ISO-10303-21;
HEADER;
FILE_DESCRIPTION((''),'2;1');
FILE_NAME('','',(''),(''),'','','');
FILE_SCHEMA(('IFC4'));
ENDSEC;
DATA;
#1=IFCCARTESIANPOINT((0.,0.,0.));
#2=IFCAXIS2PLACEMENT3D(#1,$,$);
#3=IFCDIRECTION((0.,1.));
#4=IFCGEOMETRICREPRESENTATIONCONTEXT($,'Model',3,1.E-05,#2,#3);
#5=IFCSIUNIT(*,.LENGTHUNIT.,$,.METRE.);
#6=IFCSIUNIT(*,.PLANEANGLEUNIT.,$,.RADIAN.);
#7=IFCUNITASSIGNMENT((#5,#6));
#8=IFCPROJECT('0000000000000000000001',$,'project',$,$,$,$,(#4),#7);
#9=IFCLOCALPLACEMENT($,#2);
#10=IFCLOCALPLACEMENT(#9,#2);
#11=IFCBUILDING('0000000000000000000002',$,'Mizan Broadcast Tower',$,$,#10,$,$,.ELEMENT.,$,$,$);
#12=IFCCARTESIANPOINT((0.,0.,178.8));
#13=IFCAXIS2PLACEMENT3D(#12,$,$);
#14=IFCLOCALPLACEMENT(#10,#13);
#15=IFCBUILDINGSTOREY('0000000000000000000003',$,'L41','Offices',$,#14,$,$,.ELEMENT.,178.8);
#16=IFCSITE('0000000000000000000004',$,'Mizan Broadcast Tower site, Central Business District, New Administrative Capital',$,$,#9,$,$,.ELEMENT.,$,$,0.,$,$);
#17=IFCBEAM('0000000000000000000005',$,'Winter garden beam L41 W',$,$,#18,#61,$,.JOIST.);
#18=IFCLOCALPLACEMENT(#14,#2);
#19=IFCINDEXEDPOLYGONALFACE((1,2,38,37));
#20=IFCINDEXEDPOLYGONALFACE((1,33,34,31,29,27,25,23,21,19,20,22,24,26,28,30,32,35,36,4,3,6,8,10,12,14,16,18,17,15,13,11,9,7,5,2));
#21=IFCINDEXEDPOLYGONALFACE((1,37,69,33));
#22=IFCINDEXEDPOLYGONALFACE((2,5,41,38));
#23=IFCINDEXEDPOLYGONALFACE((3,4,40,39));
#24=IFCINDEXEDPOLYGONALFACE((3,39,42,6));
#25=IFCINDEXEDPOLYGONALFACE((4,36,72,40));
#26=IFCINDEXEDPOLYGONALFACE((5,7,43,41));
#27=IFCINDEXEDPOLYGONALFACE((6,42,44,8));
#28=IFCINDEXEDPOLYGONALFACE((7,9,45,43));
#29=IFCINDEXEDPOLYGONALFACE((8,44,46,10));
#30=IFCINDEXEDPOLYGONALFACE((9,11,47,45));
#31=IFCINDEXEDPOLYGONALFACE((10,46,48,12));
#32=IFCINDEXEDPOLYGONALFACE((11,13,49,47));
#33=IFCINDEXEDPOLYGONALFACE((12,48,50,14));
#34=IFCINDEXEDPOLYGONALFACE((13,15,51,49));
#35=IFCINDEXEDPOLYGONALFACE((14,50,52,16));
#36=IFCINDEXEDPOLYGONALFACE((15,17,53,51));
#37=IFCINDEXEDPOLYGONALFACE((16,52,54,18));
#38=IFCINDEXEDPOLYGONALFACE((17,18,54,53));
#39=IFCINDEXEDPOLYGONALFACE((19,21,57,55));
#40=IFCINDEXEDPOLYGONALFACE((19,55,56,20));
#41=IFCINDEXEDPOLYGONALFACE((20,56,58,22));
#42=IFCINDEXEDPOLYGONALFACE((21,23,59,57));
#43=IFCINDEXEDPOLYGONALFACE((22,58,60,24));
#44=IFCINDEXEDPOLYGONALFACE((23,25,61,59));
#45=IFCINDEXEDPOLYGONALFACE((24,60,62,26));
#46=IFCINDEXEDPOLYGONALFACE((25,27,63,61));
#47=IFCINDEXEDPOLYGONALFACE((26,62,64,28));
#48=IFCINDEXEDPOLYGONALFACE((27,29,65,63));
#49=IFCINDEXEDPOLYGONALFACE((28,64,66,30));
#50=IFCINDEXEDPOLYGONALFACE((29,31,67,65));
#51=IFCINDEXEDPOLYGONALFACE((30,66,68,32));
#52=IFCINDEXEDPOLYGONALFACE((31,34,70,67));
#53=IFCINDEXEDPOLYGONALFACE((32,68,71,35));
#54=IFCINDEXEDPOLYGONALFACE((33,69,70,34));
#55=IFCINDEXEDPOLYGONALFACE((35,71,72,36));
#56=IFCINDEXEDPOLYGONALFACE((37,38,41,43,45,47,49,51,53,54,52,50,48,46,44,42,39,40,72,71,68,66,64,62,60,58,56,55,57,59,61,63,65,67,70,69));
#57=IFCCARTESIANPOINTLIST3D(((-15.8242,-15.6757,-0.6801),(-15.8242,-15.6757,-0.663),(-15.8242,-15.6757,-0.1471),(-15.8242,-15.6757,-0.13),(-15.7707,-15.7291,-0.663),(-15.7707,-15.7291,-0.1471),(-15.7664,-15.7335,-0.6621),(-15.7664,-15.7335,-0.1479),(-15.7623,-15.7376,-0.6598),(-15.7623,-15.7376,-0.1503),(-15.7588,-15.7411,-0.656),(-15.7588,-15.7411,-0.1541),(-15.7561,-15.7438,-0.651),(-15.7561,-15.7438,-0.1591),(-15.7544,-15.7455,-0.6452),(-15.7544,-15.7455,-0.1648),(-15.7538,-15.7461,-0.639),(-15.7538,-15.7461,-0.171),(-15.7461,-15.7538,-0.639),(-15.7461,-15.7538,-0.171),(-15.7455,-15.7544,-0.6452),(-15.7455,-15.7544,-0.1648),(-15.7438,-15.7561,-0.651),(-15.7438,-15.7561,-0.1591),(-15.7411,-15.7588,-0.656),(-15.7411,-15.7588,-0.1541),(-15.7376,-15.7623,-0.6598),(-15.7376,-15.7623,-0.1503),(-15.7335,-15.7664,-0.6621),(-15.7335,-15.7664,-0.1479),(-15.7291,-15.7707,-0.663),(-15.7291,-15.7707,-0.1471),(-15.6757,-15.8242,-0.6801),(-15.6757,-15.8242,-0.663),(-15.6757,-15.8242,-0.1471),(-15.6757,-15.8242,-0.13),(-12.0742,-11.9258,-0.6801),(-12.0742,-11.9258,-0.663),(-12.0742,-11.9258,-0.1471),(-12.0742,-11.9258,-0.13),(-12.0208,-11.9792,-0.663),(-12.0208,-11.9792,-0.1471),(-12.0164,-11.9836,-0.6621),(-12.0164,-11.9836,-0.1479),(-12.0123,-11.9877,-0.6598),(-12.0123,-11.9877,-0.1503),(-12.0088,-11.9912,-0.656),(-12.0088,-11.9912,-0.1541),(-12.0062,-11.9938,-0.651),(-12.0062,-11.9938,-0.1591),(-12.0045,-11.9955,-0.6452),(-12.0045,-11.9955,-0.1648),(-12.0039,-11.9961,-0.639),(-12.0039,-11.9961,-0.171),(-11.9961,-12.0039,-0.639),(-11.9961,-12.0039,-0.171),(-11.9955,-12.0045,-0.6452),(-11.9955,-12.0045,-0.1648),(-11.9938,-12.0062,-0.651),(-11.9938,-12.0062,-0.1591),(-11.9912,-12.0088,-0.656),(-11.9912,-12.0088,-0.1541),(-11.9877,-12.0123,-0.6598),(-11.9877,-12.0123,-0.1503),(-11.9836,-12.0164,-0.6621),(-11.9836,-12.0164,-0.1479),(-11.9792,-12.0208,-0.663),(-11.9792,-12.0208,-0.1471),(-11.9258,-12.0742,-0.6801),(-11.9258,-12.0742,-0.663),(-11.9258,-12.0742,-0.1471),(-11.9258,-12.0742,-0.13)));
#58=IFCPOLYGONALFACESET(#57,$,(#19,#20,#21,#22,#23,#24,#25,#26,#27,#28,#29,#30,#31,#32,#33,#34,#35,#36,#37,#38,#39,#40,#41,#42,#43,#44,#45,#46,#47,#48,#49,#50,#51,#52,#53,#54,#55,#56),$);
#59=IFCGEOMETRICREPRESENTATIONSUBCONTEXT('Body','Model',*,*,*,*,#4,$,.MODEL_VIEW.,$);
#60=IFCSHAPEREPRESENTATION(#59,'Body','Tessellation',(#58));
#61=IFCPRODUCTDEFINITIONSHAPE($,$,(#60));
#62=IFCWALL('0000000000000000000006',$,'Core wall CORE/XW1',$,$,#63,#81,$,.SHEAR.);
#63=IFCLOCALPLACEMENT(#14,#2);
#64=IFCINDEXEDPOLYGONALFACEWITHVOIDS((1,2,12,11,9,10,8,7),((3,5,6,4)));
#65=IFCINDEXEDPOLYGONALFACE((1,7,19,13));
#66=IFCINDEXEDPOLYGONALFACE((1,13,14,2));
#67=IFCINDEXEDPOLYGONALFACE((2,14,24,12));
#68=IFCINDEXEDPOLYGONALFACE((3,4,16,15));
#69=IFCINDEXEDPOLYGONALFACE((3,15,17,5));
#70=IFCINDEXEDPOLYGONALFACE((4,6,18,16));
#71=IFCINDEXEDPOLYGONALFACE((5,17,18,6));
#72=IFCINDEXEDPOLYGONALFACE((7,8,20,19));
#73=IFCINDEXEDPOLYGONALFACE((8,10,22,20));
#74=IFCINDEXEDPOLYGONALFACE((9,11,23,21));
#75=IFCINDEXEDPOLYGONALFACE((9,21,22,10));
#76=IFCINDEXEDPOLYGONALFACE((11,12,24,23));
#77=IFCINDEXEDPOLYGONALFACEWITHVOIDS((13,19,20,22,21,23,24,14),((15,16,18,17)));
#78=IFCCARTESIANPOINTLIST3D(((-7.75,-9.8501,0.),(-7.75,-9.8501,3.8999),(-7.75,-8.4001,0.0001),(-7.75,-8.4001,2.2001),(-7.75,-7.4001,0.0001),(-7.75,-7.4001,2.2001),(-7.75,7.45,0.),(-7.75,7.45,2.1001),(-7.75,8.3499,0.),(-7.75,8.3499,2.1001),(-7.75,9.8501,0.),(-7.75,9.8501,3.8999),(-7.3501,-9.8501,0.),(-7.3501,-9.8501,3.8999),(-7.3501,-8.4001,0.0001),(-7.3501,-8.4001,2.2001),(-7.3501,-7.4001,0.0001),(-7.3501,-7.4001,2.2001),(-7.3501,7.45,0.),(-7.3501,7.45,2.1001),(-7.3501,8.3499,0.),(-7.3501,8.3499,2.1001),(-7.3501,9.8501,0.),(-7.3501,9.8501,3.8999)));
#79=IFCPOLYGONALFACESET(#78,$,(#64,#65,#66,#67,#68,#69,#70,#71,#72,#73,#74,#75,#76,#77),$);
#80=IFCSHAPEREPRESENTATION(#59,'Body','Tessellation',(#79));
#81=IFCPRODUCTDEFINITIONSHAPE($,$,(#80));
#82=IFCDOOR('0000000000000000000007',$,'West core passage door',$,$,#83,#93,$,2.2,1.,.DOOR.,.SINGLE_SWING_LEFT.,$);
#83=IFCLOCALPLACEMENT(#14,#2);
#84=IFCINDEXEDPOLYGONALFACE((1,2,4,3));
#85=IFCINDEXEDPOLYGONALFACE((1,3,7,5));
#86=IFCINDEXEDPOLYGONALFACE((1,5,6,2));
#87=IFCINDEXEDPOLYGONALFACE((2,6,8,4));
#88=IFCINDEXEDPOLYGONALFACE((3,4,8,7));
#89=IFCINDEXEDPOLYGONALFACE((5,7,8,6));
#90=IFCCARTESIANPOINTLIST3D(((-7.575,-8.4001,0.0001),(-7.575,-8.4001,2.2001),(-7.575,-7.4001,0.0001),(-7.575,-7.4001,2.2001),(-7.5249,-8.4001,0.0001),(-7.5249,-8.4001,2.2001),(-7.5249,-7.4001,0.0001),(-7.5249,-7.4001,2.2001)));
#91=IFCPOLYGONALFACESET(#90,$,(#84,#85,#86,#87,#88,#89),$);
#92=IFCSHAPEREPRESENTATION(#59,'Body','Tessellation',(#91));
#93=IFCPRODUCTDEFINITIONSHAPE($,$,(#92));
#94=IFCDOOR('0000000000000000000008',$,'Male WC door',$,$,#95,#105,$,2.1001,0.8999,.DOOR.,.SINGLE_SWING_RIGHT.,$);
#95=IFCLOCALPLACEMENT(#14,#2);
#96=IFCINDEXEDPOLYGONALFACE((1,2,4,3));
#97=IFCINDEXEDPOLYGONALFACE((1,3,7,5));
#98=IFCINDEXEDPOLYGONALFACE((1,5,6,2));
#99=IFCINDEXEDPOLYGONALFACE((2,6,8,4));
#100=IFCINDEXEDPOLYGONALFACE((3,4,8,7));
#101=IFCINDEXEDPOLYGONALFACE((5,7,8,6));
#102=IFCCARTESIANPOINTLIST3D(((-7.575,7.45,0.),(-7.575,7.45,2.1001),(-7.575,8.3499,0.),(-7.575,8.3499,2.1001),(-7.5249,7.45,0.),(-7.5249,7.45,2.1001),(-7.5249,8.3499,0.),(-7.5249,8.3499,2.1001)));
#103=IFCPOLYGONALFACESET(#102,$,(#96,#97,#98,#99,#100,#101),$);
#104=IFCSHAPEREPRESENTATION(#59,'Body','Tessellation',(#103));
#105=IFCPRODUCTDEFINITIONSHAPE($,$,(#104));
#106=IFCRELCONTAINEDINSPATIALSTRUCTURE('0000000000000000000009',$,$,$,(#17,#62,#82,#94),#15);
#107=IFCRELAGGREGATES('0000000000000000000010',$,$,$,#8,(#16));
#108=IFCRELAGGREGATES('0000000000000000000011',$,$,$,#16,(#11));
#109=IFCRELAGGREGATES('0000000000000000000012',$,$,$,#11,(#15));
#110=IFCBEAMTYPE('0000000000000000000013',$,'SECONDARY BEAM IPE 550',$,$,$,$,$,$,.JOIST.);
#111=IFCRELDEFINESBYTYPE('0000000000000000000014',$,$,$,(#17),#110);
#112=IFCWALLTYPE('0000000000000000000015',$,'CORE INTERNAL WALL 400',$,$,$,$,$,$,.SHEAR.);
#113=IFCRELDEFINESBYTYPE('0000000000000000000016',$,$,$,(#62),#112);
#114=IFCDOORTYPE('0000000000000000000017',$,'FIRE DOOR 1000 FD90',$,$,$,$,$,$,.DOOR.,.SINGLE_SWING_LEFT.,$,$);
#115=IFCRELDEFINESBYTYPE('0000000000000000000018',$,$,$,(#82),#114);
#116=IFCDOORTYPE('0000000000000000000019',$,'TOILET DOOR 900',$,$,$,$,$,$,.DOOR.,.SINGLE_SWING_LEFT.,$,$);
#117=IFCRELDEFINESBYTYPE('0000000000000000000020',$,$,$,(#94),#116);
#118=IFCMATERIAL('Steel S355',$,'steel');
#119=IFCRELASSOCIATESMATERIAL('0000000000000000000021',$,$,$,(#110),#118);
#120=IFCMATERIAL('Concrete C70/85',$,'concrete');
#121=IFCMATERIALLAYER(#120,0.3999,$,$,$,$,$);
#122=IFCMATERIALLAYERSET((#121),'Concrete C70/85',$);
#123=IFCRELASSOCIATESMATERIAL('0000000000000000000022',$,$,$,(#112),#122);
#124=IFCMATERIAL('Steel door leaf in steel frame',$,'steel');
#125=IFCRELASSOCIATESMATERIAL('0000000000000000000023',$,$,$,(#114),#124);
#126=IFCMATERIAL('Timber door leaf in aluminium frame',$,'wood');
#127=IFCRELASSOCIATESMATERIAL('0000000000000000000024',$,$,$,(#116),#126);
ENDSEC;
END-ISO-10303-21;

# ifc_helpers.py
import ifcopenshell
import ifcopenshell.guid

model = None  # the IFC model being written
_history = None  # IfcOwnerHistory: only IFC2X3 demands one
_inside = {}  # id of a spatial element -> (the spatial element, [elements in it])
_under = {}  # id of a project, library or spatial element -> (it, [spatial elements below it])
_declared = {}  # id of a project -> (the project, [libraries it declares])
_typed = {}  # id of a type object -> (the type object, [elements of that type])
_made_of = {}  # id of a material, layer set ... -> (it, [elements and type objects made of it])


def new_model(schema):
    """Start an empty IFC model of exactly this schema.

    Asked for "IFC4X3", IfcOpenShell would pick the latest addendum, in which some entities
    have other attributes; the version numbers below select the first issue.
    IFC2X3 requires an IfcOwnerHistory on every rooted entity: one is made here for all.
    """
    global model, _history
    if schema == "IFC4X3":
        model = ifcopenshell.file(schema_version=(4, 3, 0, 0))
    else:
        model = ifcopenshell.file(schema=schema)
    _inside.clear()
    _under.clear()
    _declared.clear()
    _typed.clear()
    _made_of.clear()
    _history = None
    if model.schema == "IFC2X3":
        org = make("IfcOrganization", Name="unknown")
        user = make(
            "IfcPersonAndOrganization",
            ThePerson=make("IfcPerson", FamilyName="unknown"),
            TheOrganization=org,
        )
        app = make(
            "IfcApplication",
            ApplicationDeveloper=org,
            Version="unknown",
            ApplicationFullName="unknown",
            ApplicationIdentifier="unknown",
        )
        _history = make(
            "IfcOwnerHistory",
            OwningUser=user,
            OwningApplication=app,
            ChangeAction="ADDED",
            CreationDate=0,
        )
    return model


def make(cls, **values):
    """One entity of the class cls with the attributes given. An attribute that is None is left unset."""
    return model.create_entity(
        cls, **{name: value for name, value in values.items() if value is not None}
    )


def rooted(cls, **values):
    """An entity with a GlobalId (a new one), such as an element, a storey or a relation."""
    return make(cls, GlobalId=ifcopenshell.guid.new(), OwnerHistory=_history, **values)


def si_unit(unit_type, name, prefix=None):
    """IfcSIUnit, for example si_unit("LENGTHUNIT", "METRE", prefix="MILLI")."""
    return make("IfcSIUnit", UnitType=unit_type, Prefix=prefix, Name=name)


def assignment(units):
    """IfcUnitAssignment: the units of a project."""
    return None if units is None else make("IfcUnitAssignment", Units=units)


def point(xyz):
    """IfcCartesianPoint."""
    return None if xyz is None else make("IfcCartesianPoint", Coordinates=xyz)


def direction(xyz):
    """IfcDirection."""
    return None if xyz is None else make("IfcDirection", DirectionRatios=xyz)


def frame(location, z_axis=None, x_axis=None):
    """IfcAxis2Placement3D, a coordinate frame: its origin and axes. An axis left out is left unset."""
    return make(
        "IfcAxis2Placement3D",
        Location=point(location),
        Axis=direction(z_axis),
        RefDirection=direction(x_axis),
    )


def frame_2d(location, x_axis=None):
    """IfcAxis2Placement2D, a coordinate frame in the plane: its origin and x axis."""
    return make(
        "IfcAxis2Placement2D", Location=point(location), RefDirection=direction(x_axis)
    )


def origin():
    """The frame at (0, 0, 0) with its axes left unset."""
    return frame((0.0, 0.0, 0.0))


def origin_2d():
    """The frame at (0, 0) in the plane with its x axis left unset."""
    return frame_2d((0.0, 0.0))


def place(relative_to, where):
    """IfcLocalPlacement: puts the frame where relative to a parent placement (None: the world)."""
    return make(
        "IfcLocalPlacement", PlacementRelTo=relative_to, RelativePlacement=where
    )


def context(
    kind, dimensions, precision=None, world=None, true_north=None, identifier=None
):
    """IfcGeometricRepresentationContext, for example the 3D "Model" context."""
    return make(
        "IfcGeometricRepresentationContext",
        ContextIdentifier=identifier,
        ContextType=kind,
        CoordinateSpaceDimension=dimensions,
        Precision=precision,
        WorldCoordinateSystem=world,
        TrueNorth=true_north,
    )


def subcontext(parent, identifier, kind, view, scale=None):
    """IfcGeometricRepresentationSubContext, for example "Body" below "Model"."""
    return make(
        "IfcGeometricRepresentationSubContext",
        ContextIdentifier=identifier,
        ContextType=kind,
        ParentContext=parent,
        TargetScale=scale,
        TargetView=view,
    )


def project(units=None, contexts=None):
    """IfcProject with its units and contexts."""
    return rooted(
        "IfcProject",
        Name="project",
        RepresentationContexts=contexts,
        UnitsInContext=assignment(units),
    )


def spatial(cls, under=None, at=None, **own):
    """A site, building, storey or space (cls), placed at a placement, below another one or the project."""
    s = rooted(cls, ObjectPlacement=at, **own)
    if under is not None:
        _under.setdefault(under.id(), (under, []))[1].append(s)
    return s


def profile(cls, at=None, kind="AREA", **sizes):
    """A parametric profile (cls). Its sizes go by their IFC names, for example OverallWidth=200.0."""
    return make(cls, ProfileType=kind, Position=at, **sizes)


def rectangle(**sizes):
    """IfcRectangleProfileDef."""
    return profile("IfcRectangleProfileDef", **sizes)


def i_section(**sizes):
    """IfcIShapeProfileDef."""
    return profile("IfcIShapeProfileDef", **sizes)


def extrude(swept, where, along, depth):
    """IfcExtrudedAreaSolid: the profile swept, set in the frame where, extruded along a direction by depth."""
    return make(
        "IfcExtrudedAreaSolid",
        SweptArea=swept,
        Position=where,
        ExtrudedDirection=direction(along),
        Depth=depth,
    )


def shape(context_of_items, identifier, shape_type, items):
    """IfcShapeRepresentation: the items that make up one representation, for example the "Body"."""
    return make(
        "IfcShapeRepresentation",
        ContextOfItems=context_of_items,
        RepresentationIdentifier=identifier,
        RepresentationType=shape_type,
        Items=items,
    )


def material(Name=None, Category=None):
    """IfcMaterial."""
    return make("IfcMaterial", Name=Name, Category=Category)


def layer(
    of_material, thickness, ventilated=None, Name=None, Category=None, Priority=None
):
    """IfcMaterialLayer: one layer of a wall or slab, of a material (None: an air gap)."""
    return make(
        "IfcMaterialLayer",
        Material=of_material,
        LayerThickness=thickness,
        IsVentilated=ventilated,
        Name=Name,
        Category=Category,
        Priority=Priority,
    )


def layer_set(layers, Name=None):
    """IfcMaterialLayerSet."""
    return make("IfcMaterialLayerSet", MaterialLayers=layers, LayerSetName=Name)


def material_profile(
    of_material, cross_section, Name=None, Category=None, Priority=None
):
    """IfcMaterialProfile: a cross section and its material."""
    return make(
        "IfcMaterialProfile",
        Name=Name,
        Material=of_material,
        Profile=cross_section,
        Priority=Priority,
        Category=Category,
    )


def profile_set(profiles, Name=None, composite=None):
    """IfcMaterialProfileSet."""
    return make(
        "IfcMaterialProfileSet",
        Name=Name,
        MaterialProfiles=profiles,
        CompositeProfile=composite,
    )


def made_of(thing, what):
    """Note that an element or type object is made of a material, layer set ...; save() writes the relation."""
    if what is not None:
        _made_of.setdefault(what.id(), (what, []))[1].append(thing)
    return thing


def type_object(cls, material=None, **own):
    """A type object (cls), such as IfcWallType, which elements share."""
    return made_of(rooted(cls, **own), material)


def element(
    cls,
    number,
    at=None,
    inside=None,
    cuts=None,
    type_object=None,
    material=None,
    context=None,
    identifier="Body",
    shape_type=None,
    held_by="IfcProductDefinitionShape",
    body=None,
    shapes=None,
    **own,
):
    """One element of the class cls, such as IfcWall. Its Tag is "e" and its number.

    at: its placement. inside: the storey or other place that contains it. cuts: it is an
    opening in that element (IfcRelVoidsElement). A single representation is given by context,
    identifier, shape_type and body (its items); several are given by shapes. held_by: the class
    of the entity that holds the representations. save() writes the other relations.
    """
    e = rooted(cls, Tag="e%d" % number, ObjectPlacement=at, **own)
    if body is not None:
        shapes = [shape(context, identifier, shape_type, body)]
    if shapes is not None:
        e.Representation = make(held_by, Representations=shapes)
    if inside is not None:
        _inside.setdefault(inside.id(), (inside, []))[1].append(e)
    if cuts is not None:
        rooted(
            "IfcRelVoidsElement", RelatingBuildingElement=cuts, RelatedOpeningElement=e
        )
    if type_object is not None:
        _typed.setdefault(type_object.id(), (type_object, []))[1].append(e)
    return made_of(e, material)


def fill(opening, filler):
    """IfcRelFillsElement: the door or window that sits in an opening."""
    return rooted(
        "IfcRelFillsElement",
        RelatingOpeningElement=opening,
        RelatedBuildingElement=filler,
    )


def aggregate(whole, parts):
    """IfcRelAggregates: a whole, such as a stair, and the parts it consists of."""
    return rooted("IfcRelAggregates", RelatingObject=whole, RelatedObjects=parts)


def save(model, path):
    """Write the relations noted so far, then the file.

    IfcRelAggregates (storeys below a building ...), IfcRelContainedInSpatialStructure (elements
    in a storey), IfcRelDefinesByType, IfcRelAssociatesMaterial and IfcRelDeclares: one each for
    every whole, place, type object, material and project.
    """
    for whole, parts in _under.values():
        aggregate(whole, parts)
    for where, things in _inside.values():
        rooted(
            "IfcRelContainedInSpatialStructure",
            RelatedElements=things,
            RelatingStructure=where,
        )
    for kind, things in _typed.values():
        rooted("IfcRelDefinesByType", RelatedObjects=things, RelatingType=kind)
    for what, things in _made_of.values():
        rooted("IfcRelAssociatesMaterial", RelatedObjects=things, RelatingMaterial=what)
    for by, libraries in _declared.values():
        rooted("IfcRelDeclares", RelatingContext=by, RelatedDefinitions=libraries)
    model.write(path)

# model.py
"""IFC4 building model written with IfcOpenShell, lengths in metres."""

from ifc_helpers import new_model, si_unit, direction, frame, frame_2d, origin, origin_2d, place, context, subcontext, project, spatial, rectangle, i_section, extrude, material, layer, layer_set, material_profile, profile_set, type_object, element, fill, save


model = new_model("IFC4")

# Units and contexts
model_context = context("Model", 3, precision=1e-05, world=origin(), true_north=direction((0.0, 1.0)))
body_context = subcontext(model_context, "Body", "Model", "MODEL_VIEW")
ifc_project = project(units=[si_unit("LENGTHUNIT", "METRE"), si_unit("PLANEANGLEUNIT", "RADIAN")], contexts=[model_context])

# Site, building, storey
site_placement = place(None, origin())
site = spatial("IfcSite", under=ifc_project, at=site_placement, Name="Mizan Broadcast Tower site, Central Business District, New Administrative Capital", CompositionType="ELEMENT", RefElevation=0.0)
building_placement = place(site_placement, origin())
building = spatial("IfcBuilding", under=site, at=building_placement, Name="Mizan Broadcast Tower", CompositionType="ELEMENT")
storey_placement = place(building_placement, frame((0.0, 0.0, 178.8)))
storey = spatial("IfcBuildingStorey", under=building, at=storey_placement, Name="L41", Description="Offices", CompositionType="ELEMENT", Elevation=178.8)

# Beam
ifc_material_1 = material(Name="Steel S355", Category="steel")
ifc_material_profile_1 = material_profile(ifc_material_1, i_section(OverallWidth=0.21, OverallDepth=0.55, WebThickness=0.011, FlangeThickness=0.0171, FilletRadius=0.0239, at=origin_2d()), Name="IPE 550")
ifc_profile_set_1 = profile_set([ifc_material_profile_1], Name="Steel S355")
beam_type_1 = type_object("IfcBeamType", Name="SECONDARY BEAM IPE 550", PredefinedType="JOIST", material=ifc_profile_set_1)
beam_1_placement = place(storey_placement, frame((-12.0, -12.0, -0.405), z_axis=(-0.707107, -0.707107, 0.0), x_axis=(0.707107, -0.707107, 0.0)))
element("IfcBeam", 1, at=beam_1_placement, inside=storey, type_object=beam_type_1, Name="Winter garden beam L41 W", PredefinedType="JOIST", context=body_context, shape_type="SweptSolid", body=[
    extrude(i_section(OverallWidth=0.21, OverallDepth=0.55, WebThickness=0.011, FlangeThickness=0.0171, FilletRadius=0.0239, at=origin_2d()), origin(), (0.0, 0.0, 1.0), 5.3032),
])

# Wall, openings, doors
ifc_material_2 = material(Name="Concrete C70/85", Category="concrete")
ifc_layer_1 = layer(ifc_material_2, 0.3999)
ifc_layer_set_1 = layer_set([ifc_layer_1], Name="Concrete C70/85")
wall_type_1 = type_object("IfcWallType", Name="CORE INTERNAL WALL 400", PredefinedType="SHEAR", material=ifc_layer_set_1)
wall_1_placement = place(storey_placement, frame((-7.55, -9.8501, 0.0), z_axis=(0.0, 0.0, 1.0), x_axis=(0.0, 1.0, 0.0)))
wall_1 = element("IfcWall", 2, at=wall_1_placement, inside=storey, type_object=wall_type_1, Name="Core wall CORE/XW1", PredefinedType="SHEAR", context=body_context, shape_type="SweptSolid", body=[
    extrude(rectangle(XDim=19.7002, YDim=0.3999, at=frame_2d((9.8501, 0.0))), origin(), (0.0, 0.0, 1.0), 3.8999),
])
opening_1_placement = place(wall_1_placement, frame((1.45, 0.0, 0.0)))
opening_1 = element("IfcOpeningElement", 3, at=opening_1_placement, cuts=wall_1, PredefinedType="OPENING", context=body_context, shape_type="SweptSolid", body=[
    extrude(rectangle(XDim=1.0, YDim=2.2, at=frame_2d((0.5, 1.1001))), frame((0.0, 0.21, 0.0), z_axis=(0.0, -1.0, 0.0), x_axis=(1.0, 0.0, 0.0)), (0.0, 0.0, 1.0), 0.4199),
])
opening_2_placement = place(wall_1_placement, frame((17.3, 0.0, 0.0)))
opening_2 = element("IfcOpeningElement", 4, at=opening_2_placement, cuts=wall_1, PredefinedType="OPENING", context=body_context, shape_type="SweptSolid", body=[
    extrude(rectangle(XDim=0.8999, YDim=2.1001, at=frame_2d((0.45, 1.05))), frame((0.0, 0.21, 0.0), z_axis=(0.0, -1.0, 0.0), x_axis=(1.0, 0.0, 0.0)), (0.0, 0.0, 1.0), 0.4199),
])
ifc_material_3 = material(Name="Steel door leaf in steel frame", Category="steel")
door_type_1 = type_object("IfcDoorType", Name="FIRE DOOR 1000 FD90", OperationType="SINGLE_SWING_LEFT", PredefinedType="DOOR", material=ifc_material_3)
door_1_placement = place(opening_1_placement, origin())
door_1 = element("IfcDoor", 5, at=door_1_placement, inside=storey, type_object=door_type_1, Name="West core passage door", OperationType="SINGLE_SWING_LEFT", OverallHeight=2.2, OverallWidth=1.0, PredefinedType="DOOR", context=body_context, shape_type="SweptSolid", body=[
    extrude(rectangle(XDim=1.0, YDim=2.2, at=frame_2d((0.5, 1.1001))), frame((0.0, 0.0249, 0.0), z_axis=(0.0, -1.0, 0.0), x_axis=(1.0, 0.0, 0.0)), (0.0, 0.0, 1.0), 0.05),
])
fill(opening_1, door_1)
ifc_material_4 = material(Name="Timber door leaf in aluminium frame", Category="wood")
door_type_2 = type_object("IfcDoorType", Name="TOILET DOOR 900", OperationType="SINGLE_SWING_LEFT", PredefinedType="DOOR", material=ifc_material_4)
door_2_placement = place(opening_2_placement, origin())
door_2 = element("IfcDoor", 6, at=door_2_placement, inside=storey, type_object=door_type_2, Name="Male WC door", OperationType="SINGLE_SWING_RIGHT", OverallHeight=2.1001, OverallWidth=0.8999, PredefinedType="DOOR", context=body_context, shape_type="SweptSolid", body=[
    extrude(rectangle(XDim=0.8999, YDim=2.1001, at=frame_2d((0.45, 1.05))), frame((0.0, 0.0249, 0.0), z_axis=(0.0, -1.0, 0.0), x_axis=(1.0, 0.0, 0.0)), (0.0, 0.0, 1.0), 0.05),
])
fill(opening_2, door_2)

save(model, "model.ifc")
